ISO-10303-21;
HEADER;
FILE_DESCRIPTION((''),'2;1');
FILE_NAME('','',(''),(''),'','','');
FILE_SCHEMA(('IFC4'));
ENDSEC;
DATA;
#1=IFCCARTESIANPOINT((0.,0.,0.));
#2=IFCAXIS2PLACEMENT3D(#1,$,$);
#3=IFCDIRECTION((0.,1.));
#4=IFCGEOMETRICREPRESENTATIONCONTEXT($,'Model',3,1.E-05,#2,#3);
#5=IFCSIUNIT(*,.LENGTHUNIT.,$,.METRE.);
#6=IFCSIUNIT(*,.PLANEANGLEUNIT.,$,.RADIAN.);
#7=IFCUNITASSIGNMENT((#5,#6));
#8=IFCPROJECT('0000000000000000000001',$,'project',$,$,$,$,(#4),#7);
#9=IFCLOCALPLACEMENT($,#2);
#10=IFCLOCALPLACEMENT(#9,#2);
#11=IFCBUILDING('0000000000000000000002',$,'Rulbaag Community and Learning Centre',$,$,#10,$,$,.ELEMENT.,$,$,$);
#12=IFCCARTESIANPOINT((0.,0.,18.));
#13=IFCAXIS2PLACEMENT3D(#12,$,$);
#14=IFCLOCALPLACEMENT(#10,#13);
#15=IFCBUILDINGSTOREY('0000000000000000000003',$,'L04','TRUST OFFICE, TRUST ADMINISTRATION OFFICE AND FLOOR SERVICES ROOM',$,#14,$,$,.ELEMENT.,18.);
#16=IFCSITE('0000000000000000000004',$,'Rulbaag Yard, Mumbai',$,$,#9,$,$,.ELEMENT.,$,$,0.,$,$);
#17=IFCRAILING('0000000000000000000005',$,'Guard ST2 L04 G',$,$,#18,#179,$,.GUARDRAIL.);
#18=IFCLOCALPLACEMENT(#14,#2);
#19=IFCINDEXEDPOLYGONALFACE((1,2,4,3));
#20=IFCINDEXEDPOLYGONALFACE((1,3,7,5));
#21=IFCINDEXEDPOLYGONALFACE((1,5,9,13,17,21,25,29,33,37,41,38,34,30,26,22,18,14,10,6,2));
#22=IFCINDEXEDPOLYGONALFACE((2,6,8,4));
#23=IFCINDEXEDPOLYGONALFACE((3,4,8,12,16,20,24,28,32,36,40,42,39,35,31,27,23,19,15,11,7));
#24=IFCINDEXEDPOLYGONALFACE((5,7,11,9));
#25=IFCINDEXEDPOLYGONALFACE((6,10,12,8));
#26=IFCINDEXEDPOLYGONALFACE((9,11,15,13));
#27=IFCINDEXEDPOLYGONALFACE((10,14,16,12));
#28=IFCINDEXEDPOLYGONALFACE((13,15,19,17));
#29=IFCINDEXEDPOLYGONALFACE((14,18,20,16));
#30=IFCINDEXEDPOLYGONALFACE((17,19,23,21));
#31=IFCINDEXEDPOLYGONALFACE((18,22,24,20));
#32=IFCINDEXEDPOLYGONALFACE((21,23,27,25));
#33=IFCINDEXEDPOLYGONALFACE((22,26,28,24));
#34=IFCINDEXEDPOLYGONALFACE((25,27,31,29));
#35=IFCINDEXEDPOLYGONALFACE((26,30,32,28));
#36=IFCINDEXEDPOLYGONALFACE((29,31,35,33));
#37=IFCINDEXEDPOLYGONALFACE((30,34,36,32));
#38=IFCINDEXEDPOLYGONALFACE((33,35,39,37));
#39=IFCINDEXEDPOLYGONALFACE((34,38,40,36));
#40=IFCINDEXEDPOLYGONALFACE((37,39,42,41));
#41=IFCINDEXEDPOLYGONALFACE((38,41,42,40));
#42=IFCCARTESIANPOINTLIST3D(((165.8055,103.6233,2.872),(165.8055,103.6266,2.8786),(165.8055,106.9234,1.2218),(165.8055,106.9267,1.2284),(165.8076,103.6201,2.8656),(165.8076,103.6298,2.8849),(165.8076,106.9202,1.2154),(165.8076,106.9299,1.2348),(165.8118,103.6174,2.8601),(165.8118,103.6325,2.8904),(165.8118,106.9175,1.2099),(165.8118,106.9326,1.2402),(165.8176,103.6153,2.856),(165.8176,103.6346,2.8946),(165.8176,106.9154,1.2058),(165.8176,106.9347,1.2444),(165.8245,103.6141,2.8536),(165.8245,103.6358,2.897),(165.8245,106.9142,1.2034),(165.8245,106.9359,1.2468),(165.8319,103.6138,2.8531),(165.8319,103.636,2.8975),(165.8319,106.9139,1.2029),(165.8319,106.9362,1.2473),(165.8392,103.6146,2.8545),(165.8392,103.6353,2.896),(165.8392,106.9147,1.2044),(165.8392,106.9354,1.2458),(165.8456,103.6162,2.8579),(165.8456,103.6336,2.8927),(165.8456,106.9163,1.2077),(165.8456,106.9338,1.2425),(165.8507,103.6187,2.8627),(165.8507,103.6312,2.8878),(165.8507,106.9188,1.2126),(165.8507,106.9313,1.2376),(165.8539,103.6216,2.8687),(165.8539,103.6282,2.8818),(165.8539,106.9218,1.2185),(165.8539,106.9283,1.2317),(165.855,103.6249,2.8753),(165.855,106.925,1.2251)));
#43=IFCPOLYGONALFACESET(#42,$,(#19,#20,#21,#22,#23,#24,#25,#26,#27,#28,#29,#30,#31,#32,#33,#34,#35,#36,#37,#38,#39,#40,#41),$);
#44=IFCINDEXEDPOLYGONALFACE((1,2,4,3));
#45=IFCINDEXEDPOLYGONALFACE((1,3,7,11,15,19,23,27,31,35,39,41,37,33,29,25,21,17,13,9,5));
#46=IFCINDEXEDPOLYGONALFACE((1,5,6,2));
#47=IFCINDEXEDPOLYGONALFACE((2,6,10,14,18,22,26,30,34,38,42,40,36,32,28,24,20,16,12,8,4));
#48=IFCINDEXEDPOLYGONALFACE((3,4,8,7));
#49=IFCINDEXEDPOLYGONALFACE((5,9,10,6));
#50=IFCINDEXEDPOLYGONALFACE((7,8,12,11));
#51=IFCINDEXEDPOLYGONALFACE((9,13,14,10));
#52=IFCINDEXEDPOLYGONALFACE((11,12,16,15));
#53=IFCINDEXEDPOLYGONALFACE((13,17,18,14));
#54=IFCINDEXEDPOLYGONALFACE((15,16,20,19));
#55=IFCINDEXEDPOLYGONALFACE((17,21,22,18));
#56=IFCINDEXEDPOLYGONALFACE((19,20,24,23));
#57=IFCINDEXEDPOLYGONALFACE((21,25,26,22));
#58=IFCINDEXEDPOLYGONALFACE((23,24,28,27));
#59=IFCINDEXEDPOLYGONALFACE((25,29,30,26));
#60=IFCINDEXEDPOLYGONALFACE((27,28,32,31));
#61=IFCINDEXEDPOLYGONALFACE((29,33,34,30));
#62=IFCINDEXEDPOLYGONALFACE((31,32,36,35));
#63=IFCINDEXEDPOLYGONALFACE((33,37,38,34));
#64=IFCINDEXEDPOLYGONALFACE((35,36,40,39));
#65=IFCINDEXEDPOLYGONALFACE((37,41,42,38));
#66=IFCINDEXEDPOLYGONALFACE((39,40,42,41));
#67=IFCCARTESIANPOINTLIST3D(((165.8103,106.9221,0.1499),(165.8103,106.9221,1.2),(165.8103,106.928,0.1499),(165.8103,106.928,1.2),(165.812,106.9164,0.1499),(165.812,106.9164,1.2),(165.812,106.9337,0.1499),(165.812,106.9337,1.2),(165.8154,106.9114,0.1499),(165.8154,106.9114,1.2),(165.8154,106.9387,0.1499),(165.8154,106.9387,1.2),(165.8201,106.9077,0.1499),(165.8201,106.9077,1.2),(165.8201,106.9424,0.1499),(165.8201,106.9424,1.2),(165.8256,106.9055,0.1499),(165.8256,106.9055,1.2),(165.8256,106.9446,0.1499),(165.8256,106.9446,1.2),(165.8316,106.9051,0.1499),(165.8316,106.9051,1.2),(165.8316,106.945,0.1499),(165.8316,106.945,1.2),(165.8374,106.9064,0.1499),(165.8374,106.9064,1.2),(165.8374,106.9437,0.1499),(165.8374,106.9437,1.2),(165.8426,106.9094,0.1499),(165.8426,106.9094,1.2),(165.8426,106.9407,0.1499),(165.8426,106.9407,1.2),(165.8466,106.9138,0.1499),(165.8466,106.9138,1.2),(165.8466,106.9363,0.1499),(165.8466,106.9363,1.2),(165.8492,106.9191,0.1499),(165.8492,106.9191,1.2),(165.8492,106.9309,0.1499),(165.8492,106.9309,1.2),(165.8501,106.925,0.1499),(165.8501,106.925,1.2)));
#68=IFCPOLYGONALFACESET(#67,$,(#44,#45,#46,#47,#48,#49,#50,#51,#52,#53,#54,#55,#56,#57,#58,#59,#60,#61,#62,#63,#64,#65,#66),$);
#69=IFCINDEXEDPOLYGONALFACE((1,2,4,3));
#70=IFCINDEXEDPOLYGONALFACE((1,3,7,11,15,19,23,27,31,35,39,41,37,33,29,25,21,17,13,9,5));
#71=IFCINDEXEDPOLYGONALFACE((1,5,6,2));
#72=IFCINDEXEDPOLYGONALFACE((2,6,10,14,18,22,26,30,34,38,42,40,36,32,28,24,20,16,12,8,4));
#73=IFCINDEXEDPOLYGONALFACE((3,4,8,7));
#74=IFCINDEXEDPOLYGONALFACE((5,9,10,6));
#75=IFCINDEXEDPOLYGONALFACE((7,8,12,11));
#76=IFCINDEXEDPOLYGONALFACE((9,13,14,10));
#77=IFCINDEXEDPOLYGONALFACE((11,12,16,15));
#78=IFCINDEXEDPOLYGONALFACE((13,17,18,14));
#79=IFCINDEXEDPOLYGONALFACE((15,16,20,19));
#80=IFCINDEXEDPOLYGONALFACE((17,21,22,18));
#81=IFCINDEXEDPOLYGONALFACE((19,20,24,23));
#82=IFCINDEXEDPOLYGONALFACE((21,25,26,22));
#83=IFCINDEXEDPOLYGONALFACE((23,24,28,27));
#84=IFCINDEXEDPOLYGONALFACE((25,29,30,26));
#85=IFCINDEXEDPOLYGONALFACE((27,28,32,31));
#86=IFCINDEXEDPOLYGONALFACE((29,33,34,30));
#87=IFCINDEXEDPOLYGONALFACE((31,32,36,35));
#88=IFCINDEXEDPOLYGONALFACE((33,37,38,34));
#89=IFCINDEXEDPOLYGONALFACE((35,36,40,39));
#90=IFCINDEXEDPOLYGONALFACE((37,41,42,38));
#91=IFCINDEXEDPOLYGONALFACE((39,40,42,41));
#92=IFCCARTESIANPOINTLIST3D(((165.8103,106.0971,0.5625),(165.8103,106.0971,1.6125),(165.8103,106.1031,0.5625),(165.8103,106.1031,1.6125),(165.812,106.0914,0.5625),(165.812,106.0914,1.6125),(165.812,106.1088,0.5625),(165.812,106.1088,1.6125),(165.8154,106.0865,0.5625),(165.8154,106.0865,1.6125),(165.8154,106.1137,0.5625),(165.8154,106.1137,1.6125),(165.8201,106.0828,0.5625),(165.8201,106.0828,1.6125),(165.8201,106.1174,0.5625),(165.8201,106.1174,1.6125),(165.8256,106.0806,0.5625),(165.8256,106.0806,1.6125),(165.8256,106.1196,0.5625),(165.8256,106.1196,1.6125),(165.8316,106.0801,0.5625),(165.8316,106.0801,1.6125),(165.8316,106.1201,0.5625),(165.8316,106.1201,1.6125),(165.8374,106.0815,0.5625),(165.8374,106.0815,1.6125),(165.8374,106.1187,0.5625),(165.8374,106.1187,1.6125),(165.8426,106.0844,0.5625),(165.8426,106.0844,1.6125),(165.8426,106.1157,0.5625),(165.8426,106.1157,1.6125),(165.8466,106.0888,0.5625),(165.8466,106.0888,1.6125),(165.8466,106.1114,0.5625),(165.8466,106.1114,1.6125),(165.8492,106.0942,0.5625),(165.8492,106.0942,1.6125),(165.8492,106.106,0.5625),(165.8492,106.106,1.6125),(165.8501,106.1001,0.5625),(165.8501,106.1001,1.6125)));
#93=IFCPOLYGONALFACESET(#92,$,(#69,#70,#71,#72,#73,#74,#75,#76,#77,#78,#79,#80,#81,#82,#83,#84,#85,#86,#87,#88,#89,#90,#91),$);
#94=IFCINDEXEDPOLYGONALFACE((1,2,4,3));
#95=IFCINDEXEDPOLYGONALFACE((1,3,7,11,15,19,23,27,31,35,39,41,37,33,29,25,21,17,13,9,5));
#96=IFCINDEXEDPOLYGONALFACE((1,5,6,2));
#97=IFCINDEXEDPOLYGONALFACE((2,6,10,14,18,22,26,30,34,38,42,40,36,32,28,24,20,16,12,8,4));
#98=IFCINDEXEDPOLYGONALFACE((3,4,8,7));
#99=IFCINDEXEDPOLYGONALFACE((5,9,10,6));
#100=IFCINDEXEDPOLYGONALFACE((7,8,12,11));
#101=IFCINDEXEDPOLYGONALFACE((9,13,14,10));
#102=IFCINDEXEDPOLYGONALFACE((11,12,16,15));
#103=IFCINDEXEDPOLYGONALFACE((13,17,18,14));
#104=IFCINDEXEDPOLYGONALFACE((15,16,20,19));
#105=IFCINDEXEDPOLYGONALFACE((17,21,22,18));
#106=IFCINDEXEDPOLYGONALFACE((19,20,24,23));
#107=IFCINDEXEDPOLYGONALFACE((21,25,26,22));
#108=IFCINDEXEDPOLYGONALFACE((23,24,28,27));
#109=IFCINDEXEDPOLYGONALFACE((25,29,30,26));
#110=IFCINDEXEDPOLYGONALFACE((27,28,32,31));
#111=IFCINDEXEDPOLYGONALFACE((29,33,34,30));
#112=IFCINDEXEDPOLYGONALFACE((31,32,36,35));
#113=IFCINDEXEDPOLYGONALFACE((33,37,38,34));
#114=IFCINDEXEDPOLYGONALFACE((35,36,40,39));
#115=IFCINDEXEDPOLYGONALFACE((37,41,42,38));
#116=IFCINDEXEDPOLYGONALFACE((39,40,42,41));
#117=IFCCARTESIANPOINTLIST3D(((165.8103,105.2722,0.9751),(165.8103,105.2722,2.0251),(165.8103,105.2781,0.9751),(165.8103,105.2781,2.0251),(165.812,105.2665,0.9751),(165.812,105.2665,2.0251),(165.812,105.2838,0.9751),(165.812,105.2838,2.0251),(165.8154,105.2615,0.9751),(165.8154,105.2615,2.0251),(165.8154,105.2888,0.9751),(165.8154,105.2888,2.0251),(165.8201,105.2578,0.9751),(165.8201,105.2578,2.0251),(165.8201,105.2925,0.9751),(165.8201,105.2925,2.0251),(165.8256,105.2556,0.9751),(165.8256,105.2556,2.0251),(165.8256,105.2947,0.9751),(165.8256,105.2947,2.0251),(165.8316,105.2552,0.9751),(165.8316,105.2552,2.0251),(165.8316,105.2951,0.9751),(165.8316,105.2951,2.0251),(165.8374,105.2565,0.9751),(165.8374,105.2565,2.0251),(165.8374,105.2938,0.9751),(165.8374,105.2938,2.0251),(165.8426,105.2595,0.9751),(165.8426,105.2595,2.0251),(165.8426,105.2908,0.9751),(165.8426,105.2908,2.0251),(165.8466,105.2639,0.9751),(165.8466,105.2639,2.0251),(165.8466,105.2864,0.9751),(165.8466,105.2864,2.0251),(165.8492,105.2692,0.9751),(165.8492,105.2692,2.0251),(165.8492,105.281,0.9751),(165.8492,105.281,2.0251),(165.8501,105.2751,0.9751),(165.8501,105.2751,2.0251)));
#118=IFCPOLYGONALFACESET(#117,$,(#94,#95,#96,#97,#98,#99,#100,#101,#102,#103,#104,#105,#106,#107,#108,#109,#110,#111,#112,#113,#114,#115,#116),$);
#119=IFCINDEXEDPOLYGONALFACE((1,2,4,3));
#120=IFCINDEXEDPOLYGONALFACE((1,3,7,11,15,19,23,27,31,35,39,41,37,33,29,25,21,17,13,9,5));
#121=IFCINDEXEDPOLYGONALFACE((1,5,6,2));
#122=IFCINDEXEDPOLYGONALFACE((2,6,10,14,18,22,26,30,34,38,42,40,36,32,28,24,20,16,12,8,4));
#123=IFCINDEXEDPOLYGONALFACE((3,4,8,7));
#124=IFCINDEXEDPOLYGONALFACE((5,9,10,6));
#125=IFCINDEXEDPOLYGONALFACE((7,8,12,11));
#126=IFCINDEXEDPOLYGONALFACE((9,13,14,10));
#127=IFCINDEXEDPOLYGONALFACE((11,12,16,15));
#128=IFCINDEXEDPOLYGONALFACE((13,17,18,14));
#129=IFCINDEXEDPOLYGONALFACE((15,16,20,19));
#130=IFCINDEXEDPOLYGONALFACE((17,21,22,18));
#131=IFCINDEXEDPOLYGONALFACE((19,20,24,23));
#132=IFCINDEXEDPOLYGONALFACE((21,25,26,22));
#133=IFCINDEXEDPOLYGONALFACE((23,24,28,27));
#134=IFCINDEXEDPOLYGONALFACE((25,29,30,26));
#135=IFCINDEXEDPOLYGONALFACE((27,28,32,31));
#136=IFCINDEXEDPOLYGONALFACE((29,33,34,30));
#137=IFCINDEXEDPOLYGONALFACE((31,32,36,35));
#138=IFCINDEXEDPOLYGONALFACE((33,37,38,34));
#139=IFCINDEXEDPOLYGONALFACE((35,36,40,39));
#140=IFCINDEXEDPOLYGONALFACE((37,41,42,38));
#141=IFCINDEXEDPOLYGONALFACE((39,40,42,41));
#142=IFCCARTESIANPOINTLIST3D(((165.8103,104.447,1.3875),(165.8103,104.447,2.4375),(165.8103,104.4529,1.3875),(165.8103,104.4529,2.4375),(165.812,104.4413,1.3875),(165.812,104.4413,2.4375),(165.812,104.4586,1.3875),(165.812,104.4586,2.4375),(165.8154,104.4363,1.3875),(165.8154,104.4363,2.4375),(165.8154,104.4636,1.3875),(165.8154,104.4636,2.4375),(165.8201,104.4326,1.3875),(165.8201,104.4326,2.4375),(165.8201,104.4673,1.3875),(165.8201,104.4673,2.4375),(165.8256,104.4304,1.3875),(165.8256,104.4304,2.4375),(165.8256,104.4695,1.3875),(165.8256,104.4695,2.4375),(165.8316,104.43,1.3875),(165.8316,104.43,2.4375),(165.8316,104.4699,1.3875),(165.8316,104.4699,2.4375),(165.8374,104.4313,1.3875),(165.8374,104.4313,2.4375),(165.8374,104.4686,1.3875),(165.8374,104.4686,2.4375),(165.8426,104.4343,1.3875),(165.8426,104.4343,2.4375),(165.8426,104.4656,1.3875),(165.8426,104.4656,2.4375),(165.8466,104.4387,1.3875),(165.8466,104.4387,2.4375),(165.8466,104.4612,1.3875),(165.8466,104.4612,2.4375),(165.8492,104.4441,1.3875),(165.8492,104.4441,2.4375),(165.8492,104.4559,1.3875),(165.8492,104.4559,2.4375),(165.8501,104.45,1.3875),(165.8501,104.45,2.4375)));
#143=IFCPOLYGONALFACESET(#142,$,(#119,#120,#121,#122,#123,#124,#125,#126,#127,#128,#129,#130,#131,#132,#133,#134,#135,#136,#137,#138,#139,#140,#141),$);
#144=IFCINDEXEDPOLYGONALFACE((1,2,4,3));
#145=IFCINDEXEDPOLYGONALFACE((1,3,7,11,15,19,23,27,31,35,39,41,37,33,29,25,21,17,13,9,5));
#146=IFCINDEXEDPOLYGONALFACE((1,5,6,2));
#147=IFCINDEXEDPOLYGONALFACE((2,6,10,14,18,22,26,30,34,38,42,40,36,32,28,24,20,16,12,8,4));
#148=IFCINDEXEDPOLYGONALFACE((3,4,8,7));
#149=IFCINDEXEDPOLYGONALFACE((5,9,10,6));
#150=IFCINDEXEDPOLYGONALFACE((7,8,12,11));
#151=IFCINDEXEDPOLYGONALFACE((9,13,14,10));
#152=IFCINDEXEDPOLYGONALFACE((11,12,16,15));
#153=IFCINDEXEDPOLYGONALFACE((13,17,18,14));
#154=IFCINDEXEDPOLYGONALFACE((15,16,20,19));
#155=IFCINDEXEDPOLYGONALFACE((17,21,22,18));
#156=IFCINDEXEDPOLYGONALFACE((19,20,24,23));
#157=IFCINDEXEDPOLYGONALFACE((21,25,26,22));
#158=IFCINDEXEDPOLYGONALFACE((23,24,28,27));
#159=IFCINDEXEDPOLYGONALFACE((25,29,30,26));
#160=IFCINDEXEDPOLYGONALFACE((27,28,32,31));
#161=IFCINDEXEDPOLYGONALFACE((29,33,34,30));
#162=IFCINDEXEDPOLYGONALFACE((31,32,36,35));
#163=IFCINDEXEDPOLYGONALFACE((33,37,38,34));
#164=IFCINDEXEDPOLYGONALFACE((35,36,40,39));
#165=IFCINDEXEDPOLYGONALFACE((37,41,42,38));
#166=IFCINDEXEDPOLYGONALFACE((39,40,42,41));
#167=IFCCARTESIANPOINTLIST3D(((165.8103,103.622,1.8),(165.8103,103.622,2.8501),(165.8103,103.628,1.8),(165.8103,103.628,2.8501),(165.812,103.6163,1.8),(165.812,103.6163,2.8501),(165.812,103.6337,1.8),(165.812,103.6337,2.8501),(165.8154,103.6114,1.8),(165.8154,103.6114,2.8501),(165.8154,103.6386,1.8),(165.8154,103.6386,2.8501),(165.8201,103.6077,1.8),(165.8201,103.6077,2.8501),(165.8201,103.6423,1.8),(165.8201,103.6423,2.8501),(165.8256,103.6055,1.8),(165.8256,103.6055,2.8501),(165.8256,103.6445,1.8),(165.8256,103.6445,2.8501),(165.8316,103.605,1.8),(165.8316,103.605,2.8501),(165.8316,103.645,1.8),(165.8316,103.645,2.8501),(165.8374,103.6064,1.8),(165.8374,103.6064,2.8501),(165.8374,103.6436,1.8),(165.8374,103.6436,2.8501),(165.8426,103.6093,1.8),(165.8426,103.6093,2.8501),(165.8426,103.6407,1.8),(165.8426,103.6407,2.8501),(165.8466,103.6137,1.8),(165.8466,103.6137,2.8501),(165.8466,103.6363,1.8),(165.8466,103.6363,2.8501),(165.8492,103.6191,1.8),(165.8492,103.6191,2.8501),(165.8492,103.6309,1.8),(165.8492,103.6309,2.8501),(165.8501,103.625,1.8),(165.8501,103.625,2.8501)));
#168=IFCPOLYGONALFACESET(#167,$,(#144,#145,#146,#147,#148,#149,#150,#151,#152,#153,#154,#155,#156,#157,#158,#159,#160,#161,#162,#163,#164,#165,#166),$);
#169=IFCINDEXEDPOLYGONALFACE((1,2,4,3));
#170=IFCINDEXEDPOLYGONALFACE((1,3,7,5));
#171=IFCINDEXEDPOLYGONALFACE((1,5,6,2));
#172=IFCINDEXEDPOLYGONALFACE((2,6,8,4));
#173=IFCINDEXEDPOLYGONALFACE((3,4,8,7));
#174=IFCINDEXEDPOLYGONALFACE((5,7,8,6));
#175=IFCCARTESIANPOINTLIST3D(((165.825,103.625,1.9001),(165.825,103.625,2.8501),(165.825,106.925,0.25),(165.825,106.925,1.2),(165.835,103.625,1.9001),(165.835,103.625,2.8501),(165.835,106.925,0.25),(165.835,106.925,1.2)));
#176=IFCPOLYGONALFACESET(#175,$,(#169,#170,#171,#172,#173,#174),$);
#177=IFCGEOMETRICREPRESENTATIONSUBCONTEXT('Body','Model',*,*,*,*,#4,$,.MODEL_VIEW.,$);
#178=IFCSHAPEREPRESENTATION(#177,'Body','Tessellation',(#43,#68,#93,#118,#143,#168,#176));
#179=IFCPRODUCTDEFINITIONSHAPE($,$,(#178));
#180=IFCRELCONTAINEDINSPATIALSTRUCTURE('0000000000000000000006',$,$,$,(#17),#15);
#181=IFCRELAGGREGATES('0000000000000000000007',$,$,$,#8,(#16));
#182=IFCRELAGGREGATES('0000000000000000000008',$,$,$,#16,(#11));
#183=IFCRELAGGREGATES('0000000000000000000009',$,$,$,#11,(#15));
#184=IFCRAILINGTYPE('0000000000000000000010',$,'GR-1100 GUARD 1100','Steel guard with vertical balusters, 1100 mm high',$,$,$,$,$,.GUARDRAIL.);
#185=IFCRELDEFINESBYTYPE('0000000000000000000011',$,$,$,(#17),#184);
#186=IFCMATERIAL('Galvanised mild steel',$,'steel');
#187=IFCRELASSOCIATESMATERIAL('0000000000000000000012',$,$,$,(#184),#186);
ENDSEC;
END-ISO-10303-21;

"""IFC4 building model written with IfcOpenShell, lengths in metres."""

from ifc_helpers import new_model, si_unit, direction, frame, origin, origin_2d, place, context, subcontext, project, spatial, polyline, circle, outline, extrude, material, type_object, element, save


model = new_model("IFC4")

# Units and contexts
model_context = context("Model", 3, precision=1e-05, world=origin(), true_north=direction((0.0, 1.0)))
body_context = subcontext(model_context, "Body", "Model", "MODEL_VIEW")
ifc_project = project(units=[si_unit("LENGTHUNIT", "METRE"), si_unit("PLANEANGLEUNIT", "RADIAN")], contexts=[model_context])

# Site, building, storey
site_placement = place(None, origin())
site = spatial("IfcSite", under=ifc_project, at=site_placement, Name="Rulbaag Yard, Mumbai", CompositionType="ELEMENT", RefElevation=0.0)
building_placement = place(site_placement, origin())
building = spatial("IfcBuilding", under=site, at=building_placement, Name="Rulbaag Community and Learning Centre", CompositionType="ELEMENT")
storey_placement = place(building_placement, frame((0.0, 0.0, 18.0)))
storey = spatial("IfcBuildingStorey", under=building, at=storey_placement, Name="L04", Description="TRUST OFFICE, TRUST ADMINISTRATION OFFICE AND FLOOR SERVICES ROOM", CompositionType="ELEMENT", Elevation=18.0)

# Railing
ifc_material_1 = material(Name="Galvanised mild steel", Category="steel")
railing_type_1 = type_object("IfcRailingType", Name="GR-1100 GUARD 1100", Description="Steel guard with vertical balusters, 1100 mm high", PredefinedType="GUARDRAIL", material=ifc_material_1)
railing_1_placement = place(storey_placement, frame((165.8301, 106.925, 0.1499)))
element("IfcRailing", 1, at=railing_1_placement, inside=storey, type_object=railing_type_1, Name="Guard ST2 L04 G", PredefinedType="GUARDRAIL", context=body_context, shape_type="SweptSolid", body=[
    extrude(circle(Radius=0.0249, at=origin_2d()), frame((0.0, 0.0, 1.0752), z_axis=(0.0, -0.894414, 0.44724), x_axis=(1.0, 0.0, 0.0)), (0.0, 0.0, 1.0), 3.6897),
    extrude(circle(Radius=0.02, at=origin_2d()), origin(), (0.0, 0.0, 1.0), 1.05),
    extrude(circle(Radius=0.02, at=origin_2d()), frame((0.0, -0.825, 0.4126)), (0.0, 0.0, 1.0), 1.05),
    extrude(circle(Radius=0.02, at=origin_2d()), frame((0.0, -1.6499, 0.8252)), (0.0, 0.0, 1.0), 1.05),
    extrude(circle(Radius=0.02, at=origin_2d()), frame((0.0, -2.4751, 1.2375)), (0.0, 0.0, 1.0), 1.05),
    extrude(circle(Radius=0.02, at=origin_2d()), frame((0.0, -3.3, 1.6501)), (0.0, 0.0, 1.0), 1.05),
    extrude(outline(polyline([(0.0, 0.0), (3.3, 1.6501), (3.3, 2.6001), (0.0, 0.95), (0.0, 0.0)])), frame((0.0049, 0.0, 0.1001), z_axis=(-1.0, 0.0, 0.0), x_axis=(0.0, -1.0, 0.0)), (0.0, 0.0, 1.0), 0.01),
])

save(model, "model.ifc")
